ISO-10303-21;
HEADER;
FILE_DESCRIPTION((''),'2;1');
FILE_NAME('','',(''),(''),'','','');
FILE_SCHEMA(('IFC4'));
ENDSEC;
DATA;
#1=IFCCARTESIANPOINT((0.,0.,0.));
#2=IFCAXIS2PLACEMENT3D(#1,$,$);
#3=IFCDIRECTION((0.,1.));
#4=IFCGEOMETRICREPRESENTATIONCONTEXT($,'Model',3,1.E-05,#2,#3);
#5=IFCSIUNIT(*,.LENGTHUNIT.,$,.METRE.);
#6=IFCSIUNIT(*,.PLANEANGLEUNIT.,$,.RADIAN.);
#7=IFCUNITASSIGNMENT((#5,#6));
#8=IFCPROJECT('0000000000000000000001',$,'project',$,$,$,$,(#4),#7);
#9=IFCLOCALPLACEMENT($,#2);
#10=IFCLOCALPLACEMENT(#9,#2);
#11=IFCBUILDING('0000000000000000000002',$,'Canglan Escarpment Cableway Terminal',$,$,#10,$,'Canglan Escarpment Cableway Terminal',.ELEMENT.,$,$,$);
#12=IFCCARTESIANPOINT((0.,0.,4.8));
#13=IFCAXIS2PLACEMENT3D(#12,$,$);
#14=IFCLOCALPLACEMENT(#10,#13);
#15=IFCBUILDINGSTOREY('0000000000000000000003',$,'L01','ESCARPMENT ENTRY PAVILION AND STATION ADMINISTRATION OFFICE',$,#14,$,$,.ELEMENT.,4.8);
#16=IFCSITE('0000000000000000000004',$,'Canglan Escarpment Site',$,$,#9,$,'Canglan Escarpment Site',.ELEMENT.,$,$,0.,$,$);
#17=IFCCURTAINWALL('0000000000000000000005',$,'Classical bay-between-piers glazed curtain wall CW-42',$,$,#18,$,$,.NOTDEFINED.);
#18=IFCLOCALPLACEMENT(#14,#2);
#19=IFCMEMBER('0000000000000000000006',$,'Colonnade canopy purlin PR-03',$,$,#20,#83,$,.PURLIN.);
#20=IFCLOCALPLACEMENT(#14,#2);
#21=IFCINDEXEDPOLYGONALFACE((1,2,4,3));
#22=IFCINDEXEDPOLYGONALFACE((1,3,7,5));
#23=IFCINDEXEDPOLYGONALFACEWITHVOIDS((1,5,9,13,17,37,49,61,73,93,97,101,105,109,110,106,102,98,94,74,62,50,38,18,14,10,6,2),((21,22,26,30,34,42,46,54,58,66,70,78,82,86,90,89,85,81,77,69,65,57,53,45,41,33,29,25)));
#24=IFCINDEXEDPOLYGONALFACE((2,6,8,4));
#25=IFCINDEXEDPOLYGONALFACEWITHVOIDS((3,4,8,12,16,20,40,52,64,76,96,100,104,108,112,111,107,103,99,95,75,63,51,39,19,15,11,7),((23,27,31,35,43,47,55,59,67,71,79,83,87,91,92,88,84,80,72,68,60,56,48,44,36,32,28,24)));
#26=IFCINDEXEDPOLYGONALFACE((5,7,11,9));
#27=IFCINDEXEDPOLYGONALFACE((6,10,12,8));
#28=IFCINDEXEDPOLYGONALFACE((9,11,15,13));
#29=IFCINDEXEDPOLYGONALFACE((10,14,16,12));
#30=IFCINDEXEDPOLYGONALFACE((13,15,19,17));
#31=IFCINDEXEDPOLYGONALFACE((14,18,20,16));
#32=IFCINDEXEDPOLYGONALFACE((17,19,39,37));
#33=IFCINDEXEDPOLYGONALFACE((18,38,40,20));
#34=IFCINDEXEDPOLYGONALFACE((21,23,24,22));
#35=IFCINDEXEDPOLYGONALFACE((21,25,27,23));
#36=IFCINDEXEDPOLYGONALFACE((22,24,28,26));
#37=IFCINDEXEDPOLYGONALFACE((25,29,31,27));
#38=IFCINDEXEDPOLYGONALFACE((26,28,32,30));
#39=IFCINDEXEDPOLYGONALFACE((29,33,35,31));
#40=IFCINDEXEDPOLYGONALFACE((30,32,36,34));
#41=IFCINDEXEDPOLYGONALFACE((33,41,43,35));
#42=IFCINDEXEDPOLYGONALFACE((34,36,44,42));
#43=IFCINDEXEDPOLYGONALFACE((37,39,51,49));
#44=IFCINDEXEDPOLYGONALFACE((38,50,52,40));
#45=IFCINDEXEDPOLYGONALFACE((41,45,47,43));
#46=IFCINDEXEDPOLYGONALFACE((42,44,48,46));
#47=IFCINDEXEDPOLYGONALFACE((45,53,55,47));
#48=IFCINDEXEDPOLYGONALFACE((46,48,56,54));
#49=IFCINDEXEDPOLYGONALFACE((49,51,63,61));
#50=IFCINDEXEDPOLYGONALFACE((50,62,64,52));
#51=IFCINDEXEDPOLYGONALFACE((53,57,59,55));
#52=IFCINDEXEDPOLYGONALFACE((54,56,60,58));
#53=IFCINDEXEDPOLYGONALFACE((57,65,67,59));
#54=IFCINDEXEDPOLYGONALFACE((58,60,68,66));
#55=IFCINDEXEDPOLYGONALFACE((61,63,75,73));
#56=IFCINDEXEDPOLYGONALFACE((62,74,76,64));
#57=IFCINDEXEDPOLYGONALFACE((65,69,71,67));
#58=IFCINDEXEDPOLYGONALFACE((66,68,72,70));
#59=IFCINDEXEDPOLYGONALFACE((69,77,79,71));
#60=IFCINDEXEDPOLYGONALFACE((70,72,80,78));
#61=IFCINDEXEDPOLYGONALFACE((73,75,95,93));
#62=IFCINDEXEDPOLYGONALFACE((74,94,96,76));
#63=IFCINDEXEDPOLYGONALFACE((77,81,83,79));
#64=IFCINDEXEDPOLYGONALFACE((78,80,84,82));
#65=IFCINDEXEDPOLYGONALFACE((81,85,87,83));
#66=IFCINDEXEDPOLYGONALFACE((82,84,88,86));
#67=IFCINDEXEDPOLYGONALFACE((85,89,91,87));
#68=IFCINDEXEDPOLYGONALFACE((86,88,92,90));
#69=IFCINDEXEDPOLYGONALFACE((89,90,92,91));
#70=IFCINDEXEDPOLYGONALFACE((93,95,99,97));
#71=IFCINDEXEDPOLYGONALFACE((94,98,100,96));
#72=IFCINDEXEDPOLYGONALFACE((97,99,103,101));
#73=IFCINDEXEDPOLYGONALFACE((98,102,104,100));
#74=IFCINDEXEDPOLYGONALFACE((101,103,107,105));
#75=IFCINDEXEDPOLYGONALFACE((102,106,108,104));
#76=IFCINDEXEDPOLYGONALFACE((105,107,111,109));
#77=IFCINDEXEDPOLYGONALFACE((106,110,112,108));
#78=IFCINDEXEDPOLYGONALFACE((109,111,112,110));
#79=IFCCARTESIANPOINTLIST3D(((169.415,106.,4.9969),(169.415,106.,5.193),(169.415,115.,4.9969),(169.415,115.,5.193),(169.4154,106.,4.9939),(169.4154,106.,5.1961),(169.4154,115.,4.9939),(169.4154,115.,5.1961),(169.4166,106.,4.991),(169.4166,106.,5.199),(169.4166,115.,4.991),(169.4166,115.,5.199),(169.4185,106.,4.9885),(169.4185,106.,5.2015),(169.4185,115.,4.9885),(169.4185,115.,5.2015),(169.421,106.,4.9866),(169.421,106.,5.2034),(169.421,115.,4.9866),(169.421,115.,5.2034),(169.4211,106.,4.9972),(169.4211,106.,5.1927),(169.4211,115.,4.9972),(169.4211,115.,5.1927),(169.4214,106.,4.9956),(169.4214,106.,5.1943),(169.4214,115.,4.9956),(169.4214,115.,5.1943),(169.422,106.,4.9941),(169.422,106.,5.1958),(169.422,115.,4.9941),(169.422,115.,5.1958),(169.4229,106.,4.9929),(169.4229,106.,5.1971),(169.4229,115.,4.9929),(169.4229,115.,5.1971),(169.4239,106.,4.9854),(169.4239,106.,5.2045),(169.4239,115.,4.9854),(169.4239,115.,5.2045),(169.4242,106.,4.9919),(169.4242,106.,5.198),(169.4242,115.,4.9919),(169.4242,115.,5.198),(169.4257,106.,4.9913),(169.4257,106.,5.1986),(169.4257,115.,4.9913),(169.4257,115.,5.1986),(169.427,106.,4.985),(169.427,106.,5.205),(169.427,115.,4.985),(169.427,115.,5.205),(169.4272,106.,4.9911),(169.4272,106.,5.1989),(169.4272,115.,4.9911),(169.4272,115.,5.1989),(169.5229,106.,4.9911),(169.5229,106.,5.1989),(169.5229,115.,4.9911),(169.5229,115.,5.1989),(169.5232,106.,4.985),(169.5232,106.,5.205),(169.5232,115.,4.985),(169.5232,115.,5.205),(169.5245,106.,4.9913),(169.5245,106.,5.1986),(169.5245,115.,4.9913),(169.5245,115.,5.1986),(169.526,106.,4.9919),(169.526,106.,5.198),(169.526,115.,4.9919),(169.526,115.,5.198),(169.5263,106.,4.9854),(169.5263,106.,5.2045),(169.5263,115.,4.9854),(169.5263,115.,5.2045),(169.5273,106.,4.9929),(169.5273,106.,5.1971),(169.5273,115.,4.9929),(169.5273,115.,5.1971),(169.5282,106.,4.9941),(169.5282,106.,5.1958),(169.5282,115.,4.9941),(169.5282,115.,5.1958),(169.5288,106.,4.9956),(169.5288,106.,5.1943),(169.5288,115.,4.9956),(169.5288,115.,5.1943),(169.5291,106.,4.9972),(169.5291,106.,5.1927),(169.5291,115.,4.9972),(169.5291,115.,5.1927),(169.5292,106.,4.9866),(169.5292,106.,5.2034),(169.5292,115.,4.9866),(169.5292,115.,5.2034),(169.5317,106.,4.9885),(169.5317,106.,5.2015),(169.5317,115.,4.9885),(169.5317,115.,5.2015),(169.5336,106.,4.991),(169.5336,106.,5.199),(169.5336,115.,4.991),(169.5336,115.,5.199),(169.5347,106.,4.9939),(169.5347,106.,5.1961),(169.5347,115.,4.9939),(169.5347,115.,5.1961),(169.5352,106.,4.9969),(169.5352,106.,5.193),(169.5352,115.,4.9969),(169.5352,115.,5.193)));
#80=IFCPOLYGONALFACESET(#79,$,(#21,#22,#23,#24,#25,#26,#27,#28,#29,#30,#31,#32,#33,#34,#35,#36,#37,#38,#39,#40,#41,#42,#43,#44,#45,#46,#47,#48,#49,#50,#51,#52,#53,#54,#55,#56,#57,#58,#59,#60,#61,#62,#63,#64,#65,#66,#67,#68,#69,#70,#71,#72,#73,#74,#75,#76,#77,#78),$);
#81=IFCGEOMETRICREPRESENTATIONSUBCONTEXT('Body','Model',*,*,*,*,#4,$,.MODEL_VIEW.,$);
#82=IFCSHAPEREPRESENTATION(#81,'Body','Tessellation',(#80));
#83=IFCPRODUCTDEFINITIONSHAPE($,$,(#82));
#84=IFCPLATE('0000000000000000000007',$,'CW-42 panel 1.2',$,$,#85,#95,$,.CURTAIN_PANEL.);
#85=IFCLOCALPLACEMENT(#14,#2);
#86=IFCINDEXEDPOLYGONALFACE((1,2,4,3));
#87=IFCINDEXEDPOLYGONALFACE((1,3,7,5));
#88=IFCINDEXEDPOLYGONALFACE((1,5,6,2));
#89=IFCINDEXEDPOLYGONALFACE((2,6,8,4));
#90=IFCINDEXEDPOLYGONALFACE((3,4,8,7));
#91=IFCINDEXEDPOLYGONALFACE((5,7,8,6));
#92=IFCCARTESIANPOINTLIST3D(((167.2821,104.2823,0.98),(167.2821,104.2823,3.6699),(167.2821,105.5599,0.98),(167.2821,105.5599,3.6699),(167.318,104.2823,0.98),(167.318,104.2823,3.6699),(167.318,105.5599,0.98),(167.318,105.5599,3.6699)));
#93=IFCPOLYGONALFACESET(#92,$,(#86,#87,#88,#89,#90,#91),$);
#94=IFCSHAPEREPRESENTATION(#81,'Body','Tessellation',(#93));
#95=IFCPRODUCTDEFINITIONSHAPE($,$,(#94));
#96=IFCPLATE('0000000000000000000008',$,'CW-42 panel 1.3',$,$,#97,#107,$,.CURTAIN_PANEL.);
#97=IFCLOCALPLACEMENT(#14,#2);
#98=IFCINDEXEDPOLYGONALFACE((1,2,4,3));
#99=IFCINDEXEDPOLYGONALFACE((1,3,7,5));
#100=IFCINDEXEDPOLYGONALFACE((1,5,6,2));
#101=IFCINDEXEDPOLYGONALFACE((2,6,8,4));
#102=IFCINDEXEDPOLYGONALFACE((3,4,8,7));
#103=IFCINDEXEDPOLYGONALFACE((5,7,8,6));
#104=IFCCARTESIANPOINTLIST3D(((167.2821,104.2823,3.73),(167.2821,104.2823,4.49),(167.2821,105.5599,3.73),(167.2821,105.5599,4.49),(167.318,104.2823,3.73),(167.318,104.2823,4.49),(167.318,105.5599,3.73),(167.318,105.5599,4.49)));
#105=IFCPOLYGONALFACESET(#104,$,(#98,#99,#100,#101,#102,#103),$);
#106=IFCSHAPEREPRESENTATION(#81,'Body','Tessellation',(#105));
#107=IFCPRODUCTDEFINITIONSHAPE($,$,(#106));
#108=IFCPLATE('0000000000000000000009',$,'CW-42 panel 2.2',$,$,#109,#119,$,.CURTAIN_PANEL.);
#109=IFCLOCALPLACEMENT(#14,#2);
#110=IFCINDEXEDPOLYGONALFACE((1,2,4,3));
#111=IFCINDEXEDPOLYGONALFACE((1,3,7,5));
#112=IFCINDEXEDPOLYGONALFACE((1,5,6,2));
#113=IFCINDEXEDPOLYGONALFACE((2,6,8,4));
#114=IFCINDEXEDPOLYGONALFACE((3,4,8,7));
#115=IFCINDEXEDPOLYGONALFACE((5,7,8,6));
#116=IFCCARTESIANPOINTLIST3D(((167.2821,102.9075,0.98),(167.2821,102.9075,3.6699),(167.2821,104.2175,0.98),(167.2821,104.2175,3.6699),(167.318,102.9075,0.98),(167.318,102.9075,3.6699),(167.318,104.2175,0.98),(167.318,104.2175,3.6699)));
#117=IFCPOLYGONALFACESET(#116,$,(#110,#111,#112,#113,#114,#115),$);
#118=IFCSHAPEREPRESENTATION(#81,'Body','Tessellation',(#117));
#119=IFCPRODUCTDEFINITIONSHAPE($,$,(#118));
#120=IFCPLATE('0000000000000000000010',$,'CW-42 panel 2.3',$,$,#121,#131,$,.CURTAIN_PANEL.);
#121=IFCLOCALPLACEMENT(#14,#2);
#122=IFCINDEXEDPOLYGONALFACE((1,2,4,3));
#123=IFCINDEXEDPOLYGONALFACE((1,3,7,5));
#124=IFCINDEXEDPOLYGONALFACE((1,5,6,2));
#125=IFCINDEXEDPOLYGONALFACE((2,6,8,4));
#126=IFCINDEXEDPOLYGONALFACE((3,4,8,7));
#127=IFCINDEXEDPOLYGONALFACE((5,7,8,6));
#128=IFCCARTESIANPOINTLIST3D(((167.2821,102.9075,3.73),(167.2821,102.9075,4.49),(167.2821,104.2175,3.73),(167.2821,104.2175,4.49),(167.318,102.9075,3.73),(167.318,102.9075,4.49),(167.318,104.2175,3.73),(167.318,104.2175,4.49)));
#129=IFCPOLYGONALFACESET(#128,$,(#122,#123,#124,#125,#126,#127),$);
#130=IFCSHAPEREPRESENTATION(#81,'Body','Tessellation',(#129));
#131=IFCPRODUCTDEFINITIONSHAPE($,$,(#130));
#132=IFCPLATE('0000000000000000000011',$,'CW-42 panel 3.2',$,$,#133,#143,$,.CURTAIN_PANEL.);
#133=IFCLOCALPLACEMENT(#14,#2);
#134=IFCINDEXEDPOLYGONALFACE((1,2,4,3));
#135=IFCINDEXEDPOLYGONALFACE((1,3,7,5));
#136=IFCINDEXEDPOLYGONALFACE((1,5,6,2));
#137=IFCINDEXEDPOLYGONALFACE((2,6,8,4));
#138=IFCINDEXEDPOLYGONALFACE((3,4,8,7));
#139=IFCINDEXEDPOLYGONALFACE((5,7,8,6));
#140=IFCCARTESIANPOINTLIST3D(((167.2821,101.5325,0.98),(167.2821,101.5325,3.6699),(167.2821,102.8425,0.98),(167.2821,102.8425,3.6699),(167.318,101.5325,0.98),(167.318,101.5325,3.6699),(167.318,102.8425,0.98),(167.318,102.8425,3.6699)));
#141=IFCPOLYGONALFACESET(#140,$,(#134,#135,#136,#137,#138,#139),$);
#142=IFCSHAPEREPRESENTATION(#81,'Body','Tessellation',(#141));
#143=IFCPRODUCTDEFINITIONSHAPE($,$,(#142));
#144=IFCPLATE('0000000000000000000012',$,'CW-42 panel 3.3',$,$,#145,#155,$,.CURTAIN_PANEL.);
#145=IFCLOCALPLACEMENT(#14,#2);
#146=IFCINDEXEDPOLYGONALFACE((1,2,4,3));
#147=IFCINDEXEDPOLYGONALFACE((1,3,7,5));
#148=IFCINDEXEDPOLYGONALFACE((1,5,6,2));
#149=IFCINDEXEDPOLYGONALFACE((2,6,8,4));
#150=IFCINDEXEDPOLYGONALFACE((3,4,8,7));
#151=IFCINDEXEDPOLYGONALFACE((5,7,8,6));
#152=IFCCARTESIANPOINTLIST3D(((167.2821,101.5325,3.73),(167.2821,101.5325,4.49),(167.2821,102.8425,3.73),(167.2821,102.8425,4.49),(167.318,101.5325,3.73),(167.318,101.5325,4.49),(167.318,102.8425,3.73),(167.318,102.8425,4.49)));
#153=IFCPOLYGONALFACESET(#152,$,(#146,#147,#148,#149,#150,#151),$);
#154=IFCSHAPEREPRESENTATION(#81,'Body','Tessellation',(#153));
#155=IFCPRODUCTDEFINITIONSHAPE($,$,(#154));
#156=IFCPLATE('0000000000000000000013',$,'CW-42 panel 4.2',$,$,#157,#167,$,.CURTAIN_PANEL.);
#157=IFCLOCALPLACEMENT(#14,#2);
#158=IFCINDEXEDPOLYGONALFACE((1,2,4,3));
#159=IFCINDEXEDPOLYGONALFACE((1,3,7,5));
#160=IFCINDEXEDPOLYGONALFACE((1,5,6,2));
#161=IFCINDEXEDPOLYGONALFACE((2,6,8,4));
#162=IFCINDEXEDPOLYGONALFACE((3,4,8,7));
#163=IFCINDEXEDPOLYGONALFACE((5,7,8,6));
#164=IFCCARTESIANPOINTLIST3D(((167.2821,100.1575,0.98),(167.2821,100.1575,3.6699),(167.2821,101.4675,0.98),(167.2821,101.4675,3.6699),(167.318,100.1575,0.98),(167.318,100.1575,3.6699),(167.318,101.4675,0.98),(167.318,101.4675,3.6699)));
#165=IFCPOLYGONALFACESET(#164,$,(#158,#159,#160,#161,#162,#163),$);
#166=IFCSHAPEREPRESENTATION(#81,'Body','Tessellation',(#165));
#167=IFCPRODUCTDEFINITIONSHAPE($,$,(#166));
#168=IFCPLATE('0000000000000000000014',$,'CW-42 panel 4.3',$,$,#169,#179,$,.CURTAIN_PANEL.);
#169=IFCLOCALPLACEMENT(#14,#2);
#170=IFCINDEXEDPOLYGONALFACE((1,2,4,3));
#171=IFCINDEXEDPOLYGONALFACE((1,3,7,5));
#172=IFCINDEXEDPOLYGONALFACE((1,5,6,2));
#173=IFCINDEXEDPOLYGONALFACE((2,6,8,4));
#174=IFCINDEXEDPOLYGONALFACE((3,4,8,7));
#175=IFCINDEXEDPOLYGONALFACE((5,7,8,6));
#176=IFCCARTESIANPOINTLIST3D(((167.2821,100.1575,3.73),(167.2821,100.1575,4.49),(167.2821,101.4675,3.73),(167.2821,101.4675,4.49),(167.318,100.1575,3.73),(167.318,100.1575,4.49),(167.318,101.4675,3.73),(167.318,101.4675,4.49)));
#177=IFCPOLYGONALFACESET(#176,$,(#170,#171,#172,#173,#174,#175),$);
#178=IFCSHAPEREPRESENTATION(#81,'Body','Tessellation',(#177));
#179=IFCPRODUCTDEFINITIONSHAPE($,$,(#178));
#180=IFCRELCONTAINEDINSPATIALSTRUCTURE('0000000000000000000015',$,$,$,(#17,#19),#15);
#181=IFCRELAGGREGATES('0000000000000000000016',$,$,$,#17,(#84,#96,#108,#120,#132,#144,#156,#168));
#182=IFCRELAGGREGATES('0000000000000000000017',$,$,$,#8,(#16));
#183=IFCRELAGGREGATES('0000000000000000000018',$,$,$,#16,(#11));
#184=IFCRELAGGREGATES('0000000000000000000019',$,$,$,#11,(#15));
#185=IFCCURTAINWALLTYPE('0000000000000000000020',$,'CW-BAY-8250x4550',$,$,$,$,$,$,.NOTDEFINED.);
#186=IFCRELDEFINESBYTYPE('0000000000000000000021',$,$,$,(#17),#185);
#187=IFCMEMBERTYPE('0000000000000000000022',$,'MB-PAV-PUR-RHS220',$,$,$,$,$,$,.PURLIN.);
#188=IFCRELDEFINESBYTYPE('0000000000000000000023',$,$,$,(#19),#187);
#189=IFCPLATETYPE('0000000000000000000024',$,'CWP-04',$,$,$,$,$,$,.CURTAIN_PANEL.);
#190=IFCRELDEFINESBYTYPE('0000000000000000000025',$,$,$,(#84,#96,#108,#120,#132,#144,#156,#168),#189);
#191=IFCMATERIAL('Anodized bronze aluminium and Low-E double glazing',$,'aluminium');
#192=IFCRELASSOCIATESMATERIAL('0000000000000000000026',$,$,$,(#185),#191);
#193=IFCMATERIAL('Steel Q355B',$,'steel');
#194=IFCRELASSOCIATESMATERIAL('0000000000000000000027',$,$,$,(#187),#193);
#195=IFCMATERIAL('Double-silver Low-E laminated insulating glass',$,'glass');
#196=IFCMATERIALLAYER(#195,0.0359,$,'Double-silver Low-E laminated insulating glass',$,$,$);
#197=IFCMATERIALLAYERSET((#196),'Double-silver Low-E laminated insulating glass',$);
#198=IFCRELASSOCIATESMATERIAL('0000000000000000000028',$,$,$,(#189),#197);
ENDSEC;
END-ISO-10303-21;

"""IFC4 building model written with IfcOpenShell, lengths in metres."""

from ifc_helpers import new_model, si_unit, direction, frame, origin, origin_2d, place, context, subcontext, project, spatial, rectangle, hollow_rectangle, extrude, material, layer, layer_set, material_profile, profile_set, type_object, element, aggregate, save


model = new_model("IFC4")

# Units and contexts
model_context = context("Model", 3, precision=1e-05, world=origin(), true_north=direction((0.0, 1.0)))
body_context = subcontext(model_context, "Body", "Model", "MODEL_VIEW")
ifc_project = project(units=[si_unit("LENGTHUNIT", "METRE"), si_unit("PLANEANGLEUNIT", "RADIAN")], contexts=[model_context])

# Site, building, storey
site_placement = place(None, origin())
site = spatial("IfcSite", under=ifc_project, at=site_placement, Name="Canglan Escarpment Site", LongName="Canglan Escarpment Site", CompositionType="ELEMENT", RefElevation=0.0)
building_placement = place(site_placement, origin())
building = spatial("IfcBuilding", under=site, at=building_placement, Name="Canglan Escarpment Cableway Terminal", LongName="Canglan Escarpment Cableway Terminal", CompositionType="ELEMENT")
storey_placement = place(building_placement, frame((0.0, 0.0, 4.8)))
storey = spatial("IfcBuildingStorey", under=building, at=storey_placement, Name="L01", Description="ESCARPMENT ENTRY PAVILION AND STATION ADMINISTRATION OFFICE", CompositionType="ELEMENT", Elevation=4.8)

# Shared definitions
ifc_material_1 = material(Name="Steel Q355B", Category="steel")

# Curtain wall
ifc_material_2 = material(Name="Anodized bronze aluminium and Low-E double glazing", Category="aluminium")
curtain_wall_type = type_object("IfcCurtainWallType", Name="CW-BAY-8250x4550", PredefinedType="NOTDEFINED", material=ifc_material_2)
curtain_wall_placement = place(storey_placement, origin())
curtain_wall = element("IfcCurtainWall", 1, at=curtain_wall_placement, inside=storey, type_object=curtain_wall_type, Name="Classical bay-between-piers glazed curtain wall CW-42", PredefinedType="NOTDEFINED")

# Member
ifc_material_profile_1 = material_profile(ifc_material_1, hollow_rectangle(XDim=0.1201, YDim=0.22, WallThickness=0.0061, InnerFilletRadius=0.0061, OuterFilletRadius=0.012, at=origin_2d()), Name="RHS 220x120x6")
ifc_profile_set_1 = profile_set([ifc_material_profile_1], Name="Steel Q355B")
member_type_1 = type_object("IfcMemberType", Name="MB-PAV-PUR-RHS220", PredefinedType="PURLIN", material=ifc_profile_set_1)
for number, where, z_axis, x_axis, name in (
    (2, (169.4751, 106.0, 5.095), (0.0, 1.0, 0.0), (-1.0, 0.0, 0.0), "Colonnade canopy purlin PR-03"),
):
    element("IfcMember", number, at=place(storey_placement, frame(where, z_axis=z_axis, x_axis=x_axis)), inside=storey, type_object=member_type_1, Name=name, PredefinedType="PURLIN", context=body_context, shape_type="SweptSolid", body=[
        extrude(hollow_rectangle(XDim=0.1201, YDim=0.22, WallThickness=0.0061, InnerFilletRadius=0.0061, OuterFilletRadius=0.012, at=origin_2d()), origin(), (0.0, 0.0, 1.0), 9.0),
    ])

# Plates
ifc_material_3 = material(Name="Double-silver Low-E laminated insulating glass", Category="glass")
ifc_layer = layer(ifc_material_3, 0.0359, Name="Double-silver Low-E laminated insulating glass")
ifc_layer_set = layer_set([ifc_layer], Name="Double-silver Low-E laminated insulating glass")
plate_type = type_object("IfcPlateType", Name="CWP-04", PredefinedType="CURTAIN_PANEL", material=ifc_layer_set)
plate_1_placement = place(storey_placement, frame((167.3, 104.9211, 0.98), z_axis=(0.0, 0.0, 1.0), x_axis=(0.0, -1.0, 0.0)))
plate_1 = element("IfcPlate", 3, at=plate_1_placement, type_object=plate_type, Name="CW-42 panel 1.2", PredefinedType="CURTAIN_PANEL", context=body_context, shape_type="SweptSolid", body=[
    extrude(rectangle(XDim=1.2776, YDim=0.0359, at=origin_2d()), origin(), (0.0, 0.0, 1.0), 2.6899),
])
plate_2_placement = place(storey_placement, frame((167.3, 104.9211, 3.73), z_axis=(0.0, 0.0, 1.0), x_axis=(0.0, -1.0, 0.0)))
plate_2 = element("IfcPlate", 4, at=plate_2_placement, type_object=plate_type, Name="CW-42 panel 1.3", PredefinedType="CURTAIN_PANEL", context=body_context, shape_type="SweptSolid", body=[
    extrude(rectangle(XDim=1.2776, YDim=0.0359, at=origin_2d()), origin(), (0.0, 0.0, 1.0), 0.76),
])
plate_3_placement = place(storey_placement, frame((167.3, 103.5625, 0.98), z_axis=(0.0, 0.0, 1.0), x_axis=(0.0, -1.0, 0.0)))
plate_3 = element("IfcPlate", 5, at=plate_3_placement, type_object=plate_type, Name="CW-42 panel 2.2", PredefinedType="CURTAIN_PANEL", context=body_context, shape_type="SweptSolid", body=[
    extrude(rectangle(XDim=1.3101, YDim=0.0359, at=origin_2d()), origin(), (0.0, 0.0, 1.0), 2.6899),
])
plate_4_placement = place(storey_placement, frame((167.3, 103.5625, 3.73), z_axis=(0.0, 0.0, 1.0), x_axis=(0.0, -1.0, 0.0)))
plate_4 = element("IfcPlate", 6, at=plate_4_placement, type_object=plate_type, Name="CW-42 panel 2.3", PredefinedType="CURTAIN_PANEL", context=body_context, shape_type="SweptSolid", body=[
    extrude(rectangle(XDim=1.3101, YDim=0.0359, at=origin_2d()), origin(), (0.0, 0.0, 1.0), 0.76),
])
plate_5_placement = place(storey_placement, frame((167.3, 102.1875, 0.98), z_axis=(0.0, 0.0, 1.0), x_axis=(0.0, -1.0, 0.0)))
plate_5 = element("IfcPlate", 7, at=plate_5_placement, type_object=plate_type, Name="CW-42 panel 3.2", PredefinedType="CURTAIN_PANEL", context=body_context, shape_type="SweptSolid", body=[
    extrude(rectangle(XDim=1.3101, YDim=0.0359, at=origin_2d()), origin(), (0.0, 0.0, 1.0), 2.6899),
])
plate_6_placement = place(storey_placement, frame((167.3, 102.1875, 3.73), z_axis=(0.0, 0.0, 1.0), x_axis=(0.0, -1.0, 0.0)))
plate_6 = element("IfcPlate", 8, at=plate_6_placement, type_object=plate_type, Name="CW-42 panel 3.3", PredefinedType="CURTAIN_PANEL", context=body_context, shape_type="SweptSolid", body=[
    extrude(rectangle(XDim=1.3101, YDim=0.0359, at=origin_2d()), origin(), (0.0, 0.0, 1.0), 0.76),
])
plate_7_placement = place(storey_placement, frame((167.3, 100.8125, 0.98), z_axis=(0.0, 0.0, 1.0), x_axis=(0.0, -1.0, 0.0)))
plate_7 = element("IfcPlate", 9, at=plate_7_placement, type_object=plate_type, Name="CW-42 panel 4.2", PredefinedType="CURTAIN_PANEL", context=body_context, shape_type="SweptSolid", body=[
    extrude(rectangle(XDim=1.3101, YDim=0.0359, at=origin_2d()), origin(), (0.0, 0.0, 1.0), 2.6899),
])
plate_8_placement = place(storey_placement, frame((167.3, 100.8125, 3.73), z_axis=(0.0, 0.0, 1.0), x_axis=(0.0, -1.0, 0.0)))
plate_8 = element("IfcPlate", 10, at=plate_8_placement, type_object=plate_type, Name="CW-42 panel 4.3", PredefinedType="CURTAIN_PANEL", context=body_context, shape_type="SweptSolid", body=[
    extrude(rectangle(XDim=1.3101, YDim=0.0359, at=origin_2d()), origin(), (0.0, 0.0, 1.0), 0.76),
])
aggregate(curtain_wall, [plate_1, plate_2, plate_3, plate_4, plate_5, plate_6, plate_7, plate_8])

save(model, "model.ifc")
